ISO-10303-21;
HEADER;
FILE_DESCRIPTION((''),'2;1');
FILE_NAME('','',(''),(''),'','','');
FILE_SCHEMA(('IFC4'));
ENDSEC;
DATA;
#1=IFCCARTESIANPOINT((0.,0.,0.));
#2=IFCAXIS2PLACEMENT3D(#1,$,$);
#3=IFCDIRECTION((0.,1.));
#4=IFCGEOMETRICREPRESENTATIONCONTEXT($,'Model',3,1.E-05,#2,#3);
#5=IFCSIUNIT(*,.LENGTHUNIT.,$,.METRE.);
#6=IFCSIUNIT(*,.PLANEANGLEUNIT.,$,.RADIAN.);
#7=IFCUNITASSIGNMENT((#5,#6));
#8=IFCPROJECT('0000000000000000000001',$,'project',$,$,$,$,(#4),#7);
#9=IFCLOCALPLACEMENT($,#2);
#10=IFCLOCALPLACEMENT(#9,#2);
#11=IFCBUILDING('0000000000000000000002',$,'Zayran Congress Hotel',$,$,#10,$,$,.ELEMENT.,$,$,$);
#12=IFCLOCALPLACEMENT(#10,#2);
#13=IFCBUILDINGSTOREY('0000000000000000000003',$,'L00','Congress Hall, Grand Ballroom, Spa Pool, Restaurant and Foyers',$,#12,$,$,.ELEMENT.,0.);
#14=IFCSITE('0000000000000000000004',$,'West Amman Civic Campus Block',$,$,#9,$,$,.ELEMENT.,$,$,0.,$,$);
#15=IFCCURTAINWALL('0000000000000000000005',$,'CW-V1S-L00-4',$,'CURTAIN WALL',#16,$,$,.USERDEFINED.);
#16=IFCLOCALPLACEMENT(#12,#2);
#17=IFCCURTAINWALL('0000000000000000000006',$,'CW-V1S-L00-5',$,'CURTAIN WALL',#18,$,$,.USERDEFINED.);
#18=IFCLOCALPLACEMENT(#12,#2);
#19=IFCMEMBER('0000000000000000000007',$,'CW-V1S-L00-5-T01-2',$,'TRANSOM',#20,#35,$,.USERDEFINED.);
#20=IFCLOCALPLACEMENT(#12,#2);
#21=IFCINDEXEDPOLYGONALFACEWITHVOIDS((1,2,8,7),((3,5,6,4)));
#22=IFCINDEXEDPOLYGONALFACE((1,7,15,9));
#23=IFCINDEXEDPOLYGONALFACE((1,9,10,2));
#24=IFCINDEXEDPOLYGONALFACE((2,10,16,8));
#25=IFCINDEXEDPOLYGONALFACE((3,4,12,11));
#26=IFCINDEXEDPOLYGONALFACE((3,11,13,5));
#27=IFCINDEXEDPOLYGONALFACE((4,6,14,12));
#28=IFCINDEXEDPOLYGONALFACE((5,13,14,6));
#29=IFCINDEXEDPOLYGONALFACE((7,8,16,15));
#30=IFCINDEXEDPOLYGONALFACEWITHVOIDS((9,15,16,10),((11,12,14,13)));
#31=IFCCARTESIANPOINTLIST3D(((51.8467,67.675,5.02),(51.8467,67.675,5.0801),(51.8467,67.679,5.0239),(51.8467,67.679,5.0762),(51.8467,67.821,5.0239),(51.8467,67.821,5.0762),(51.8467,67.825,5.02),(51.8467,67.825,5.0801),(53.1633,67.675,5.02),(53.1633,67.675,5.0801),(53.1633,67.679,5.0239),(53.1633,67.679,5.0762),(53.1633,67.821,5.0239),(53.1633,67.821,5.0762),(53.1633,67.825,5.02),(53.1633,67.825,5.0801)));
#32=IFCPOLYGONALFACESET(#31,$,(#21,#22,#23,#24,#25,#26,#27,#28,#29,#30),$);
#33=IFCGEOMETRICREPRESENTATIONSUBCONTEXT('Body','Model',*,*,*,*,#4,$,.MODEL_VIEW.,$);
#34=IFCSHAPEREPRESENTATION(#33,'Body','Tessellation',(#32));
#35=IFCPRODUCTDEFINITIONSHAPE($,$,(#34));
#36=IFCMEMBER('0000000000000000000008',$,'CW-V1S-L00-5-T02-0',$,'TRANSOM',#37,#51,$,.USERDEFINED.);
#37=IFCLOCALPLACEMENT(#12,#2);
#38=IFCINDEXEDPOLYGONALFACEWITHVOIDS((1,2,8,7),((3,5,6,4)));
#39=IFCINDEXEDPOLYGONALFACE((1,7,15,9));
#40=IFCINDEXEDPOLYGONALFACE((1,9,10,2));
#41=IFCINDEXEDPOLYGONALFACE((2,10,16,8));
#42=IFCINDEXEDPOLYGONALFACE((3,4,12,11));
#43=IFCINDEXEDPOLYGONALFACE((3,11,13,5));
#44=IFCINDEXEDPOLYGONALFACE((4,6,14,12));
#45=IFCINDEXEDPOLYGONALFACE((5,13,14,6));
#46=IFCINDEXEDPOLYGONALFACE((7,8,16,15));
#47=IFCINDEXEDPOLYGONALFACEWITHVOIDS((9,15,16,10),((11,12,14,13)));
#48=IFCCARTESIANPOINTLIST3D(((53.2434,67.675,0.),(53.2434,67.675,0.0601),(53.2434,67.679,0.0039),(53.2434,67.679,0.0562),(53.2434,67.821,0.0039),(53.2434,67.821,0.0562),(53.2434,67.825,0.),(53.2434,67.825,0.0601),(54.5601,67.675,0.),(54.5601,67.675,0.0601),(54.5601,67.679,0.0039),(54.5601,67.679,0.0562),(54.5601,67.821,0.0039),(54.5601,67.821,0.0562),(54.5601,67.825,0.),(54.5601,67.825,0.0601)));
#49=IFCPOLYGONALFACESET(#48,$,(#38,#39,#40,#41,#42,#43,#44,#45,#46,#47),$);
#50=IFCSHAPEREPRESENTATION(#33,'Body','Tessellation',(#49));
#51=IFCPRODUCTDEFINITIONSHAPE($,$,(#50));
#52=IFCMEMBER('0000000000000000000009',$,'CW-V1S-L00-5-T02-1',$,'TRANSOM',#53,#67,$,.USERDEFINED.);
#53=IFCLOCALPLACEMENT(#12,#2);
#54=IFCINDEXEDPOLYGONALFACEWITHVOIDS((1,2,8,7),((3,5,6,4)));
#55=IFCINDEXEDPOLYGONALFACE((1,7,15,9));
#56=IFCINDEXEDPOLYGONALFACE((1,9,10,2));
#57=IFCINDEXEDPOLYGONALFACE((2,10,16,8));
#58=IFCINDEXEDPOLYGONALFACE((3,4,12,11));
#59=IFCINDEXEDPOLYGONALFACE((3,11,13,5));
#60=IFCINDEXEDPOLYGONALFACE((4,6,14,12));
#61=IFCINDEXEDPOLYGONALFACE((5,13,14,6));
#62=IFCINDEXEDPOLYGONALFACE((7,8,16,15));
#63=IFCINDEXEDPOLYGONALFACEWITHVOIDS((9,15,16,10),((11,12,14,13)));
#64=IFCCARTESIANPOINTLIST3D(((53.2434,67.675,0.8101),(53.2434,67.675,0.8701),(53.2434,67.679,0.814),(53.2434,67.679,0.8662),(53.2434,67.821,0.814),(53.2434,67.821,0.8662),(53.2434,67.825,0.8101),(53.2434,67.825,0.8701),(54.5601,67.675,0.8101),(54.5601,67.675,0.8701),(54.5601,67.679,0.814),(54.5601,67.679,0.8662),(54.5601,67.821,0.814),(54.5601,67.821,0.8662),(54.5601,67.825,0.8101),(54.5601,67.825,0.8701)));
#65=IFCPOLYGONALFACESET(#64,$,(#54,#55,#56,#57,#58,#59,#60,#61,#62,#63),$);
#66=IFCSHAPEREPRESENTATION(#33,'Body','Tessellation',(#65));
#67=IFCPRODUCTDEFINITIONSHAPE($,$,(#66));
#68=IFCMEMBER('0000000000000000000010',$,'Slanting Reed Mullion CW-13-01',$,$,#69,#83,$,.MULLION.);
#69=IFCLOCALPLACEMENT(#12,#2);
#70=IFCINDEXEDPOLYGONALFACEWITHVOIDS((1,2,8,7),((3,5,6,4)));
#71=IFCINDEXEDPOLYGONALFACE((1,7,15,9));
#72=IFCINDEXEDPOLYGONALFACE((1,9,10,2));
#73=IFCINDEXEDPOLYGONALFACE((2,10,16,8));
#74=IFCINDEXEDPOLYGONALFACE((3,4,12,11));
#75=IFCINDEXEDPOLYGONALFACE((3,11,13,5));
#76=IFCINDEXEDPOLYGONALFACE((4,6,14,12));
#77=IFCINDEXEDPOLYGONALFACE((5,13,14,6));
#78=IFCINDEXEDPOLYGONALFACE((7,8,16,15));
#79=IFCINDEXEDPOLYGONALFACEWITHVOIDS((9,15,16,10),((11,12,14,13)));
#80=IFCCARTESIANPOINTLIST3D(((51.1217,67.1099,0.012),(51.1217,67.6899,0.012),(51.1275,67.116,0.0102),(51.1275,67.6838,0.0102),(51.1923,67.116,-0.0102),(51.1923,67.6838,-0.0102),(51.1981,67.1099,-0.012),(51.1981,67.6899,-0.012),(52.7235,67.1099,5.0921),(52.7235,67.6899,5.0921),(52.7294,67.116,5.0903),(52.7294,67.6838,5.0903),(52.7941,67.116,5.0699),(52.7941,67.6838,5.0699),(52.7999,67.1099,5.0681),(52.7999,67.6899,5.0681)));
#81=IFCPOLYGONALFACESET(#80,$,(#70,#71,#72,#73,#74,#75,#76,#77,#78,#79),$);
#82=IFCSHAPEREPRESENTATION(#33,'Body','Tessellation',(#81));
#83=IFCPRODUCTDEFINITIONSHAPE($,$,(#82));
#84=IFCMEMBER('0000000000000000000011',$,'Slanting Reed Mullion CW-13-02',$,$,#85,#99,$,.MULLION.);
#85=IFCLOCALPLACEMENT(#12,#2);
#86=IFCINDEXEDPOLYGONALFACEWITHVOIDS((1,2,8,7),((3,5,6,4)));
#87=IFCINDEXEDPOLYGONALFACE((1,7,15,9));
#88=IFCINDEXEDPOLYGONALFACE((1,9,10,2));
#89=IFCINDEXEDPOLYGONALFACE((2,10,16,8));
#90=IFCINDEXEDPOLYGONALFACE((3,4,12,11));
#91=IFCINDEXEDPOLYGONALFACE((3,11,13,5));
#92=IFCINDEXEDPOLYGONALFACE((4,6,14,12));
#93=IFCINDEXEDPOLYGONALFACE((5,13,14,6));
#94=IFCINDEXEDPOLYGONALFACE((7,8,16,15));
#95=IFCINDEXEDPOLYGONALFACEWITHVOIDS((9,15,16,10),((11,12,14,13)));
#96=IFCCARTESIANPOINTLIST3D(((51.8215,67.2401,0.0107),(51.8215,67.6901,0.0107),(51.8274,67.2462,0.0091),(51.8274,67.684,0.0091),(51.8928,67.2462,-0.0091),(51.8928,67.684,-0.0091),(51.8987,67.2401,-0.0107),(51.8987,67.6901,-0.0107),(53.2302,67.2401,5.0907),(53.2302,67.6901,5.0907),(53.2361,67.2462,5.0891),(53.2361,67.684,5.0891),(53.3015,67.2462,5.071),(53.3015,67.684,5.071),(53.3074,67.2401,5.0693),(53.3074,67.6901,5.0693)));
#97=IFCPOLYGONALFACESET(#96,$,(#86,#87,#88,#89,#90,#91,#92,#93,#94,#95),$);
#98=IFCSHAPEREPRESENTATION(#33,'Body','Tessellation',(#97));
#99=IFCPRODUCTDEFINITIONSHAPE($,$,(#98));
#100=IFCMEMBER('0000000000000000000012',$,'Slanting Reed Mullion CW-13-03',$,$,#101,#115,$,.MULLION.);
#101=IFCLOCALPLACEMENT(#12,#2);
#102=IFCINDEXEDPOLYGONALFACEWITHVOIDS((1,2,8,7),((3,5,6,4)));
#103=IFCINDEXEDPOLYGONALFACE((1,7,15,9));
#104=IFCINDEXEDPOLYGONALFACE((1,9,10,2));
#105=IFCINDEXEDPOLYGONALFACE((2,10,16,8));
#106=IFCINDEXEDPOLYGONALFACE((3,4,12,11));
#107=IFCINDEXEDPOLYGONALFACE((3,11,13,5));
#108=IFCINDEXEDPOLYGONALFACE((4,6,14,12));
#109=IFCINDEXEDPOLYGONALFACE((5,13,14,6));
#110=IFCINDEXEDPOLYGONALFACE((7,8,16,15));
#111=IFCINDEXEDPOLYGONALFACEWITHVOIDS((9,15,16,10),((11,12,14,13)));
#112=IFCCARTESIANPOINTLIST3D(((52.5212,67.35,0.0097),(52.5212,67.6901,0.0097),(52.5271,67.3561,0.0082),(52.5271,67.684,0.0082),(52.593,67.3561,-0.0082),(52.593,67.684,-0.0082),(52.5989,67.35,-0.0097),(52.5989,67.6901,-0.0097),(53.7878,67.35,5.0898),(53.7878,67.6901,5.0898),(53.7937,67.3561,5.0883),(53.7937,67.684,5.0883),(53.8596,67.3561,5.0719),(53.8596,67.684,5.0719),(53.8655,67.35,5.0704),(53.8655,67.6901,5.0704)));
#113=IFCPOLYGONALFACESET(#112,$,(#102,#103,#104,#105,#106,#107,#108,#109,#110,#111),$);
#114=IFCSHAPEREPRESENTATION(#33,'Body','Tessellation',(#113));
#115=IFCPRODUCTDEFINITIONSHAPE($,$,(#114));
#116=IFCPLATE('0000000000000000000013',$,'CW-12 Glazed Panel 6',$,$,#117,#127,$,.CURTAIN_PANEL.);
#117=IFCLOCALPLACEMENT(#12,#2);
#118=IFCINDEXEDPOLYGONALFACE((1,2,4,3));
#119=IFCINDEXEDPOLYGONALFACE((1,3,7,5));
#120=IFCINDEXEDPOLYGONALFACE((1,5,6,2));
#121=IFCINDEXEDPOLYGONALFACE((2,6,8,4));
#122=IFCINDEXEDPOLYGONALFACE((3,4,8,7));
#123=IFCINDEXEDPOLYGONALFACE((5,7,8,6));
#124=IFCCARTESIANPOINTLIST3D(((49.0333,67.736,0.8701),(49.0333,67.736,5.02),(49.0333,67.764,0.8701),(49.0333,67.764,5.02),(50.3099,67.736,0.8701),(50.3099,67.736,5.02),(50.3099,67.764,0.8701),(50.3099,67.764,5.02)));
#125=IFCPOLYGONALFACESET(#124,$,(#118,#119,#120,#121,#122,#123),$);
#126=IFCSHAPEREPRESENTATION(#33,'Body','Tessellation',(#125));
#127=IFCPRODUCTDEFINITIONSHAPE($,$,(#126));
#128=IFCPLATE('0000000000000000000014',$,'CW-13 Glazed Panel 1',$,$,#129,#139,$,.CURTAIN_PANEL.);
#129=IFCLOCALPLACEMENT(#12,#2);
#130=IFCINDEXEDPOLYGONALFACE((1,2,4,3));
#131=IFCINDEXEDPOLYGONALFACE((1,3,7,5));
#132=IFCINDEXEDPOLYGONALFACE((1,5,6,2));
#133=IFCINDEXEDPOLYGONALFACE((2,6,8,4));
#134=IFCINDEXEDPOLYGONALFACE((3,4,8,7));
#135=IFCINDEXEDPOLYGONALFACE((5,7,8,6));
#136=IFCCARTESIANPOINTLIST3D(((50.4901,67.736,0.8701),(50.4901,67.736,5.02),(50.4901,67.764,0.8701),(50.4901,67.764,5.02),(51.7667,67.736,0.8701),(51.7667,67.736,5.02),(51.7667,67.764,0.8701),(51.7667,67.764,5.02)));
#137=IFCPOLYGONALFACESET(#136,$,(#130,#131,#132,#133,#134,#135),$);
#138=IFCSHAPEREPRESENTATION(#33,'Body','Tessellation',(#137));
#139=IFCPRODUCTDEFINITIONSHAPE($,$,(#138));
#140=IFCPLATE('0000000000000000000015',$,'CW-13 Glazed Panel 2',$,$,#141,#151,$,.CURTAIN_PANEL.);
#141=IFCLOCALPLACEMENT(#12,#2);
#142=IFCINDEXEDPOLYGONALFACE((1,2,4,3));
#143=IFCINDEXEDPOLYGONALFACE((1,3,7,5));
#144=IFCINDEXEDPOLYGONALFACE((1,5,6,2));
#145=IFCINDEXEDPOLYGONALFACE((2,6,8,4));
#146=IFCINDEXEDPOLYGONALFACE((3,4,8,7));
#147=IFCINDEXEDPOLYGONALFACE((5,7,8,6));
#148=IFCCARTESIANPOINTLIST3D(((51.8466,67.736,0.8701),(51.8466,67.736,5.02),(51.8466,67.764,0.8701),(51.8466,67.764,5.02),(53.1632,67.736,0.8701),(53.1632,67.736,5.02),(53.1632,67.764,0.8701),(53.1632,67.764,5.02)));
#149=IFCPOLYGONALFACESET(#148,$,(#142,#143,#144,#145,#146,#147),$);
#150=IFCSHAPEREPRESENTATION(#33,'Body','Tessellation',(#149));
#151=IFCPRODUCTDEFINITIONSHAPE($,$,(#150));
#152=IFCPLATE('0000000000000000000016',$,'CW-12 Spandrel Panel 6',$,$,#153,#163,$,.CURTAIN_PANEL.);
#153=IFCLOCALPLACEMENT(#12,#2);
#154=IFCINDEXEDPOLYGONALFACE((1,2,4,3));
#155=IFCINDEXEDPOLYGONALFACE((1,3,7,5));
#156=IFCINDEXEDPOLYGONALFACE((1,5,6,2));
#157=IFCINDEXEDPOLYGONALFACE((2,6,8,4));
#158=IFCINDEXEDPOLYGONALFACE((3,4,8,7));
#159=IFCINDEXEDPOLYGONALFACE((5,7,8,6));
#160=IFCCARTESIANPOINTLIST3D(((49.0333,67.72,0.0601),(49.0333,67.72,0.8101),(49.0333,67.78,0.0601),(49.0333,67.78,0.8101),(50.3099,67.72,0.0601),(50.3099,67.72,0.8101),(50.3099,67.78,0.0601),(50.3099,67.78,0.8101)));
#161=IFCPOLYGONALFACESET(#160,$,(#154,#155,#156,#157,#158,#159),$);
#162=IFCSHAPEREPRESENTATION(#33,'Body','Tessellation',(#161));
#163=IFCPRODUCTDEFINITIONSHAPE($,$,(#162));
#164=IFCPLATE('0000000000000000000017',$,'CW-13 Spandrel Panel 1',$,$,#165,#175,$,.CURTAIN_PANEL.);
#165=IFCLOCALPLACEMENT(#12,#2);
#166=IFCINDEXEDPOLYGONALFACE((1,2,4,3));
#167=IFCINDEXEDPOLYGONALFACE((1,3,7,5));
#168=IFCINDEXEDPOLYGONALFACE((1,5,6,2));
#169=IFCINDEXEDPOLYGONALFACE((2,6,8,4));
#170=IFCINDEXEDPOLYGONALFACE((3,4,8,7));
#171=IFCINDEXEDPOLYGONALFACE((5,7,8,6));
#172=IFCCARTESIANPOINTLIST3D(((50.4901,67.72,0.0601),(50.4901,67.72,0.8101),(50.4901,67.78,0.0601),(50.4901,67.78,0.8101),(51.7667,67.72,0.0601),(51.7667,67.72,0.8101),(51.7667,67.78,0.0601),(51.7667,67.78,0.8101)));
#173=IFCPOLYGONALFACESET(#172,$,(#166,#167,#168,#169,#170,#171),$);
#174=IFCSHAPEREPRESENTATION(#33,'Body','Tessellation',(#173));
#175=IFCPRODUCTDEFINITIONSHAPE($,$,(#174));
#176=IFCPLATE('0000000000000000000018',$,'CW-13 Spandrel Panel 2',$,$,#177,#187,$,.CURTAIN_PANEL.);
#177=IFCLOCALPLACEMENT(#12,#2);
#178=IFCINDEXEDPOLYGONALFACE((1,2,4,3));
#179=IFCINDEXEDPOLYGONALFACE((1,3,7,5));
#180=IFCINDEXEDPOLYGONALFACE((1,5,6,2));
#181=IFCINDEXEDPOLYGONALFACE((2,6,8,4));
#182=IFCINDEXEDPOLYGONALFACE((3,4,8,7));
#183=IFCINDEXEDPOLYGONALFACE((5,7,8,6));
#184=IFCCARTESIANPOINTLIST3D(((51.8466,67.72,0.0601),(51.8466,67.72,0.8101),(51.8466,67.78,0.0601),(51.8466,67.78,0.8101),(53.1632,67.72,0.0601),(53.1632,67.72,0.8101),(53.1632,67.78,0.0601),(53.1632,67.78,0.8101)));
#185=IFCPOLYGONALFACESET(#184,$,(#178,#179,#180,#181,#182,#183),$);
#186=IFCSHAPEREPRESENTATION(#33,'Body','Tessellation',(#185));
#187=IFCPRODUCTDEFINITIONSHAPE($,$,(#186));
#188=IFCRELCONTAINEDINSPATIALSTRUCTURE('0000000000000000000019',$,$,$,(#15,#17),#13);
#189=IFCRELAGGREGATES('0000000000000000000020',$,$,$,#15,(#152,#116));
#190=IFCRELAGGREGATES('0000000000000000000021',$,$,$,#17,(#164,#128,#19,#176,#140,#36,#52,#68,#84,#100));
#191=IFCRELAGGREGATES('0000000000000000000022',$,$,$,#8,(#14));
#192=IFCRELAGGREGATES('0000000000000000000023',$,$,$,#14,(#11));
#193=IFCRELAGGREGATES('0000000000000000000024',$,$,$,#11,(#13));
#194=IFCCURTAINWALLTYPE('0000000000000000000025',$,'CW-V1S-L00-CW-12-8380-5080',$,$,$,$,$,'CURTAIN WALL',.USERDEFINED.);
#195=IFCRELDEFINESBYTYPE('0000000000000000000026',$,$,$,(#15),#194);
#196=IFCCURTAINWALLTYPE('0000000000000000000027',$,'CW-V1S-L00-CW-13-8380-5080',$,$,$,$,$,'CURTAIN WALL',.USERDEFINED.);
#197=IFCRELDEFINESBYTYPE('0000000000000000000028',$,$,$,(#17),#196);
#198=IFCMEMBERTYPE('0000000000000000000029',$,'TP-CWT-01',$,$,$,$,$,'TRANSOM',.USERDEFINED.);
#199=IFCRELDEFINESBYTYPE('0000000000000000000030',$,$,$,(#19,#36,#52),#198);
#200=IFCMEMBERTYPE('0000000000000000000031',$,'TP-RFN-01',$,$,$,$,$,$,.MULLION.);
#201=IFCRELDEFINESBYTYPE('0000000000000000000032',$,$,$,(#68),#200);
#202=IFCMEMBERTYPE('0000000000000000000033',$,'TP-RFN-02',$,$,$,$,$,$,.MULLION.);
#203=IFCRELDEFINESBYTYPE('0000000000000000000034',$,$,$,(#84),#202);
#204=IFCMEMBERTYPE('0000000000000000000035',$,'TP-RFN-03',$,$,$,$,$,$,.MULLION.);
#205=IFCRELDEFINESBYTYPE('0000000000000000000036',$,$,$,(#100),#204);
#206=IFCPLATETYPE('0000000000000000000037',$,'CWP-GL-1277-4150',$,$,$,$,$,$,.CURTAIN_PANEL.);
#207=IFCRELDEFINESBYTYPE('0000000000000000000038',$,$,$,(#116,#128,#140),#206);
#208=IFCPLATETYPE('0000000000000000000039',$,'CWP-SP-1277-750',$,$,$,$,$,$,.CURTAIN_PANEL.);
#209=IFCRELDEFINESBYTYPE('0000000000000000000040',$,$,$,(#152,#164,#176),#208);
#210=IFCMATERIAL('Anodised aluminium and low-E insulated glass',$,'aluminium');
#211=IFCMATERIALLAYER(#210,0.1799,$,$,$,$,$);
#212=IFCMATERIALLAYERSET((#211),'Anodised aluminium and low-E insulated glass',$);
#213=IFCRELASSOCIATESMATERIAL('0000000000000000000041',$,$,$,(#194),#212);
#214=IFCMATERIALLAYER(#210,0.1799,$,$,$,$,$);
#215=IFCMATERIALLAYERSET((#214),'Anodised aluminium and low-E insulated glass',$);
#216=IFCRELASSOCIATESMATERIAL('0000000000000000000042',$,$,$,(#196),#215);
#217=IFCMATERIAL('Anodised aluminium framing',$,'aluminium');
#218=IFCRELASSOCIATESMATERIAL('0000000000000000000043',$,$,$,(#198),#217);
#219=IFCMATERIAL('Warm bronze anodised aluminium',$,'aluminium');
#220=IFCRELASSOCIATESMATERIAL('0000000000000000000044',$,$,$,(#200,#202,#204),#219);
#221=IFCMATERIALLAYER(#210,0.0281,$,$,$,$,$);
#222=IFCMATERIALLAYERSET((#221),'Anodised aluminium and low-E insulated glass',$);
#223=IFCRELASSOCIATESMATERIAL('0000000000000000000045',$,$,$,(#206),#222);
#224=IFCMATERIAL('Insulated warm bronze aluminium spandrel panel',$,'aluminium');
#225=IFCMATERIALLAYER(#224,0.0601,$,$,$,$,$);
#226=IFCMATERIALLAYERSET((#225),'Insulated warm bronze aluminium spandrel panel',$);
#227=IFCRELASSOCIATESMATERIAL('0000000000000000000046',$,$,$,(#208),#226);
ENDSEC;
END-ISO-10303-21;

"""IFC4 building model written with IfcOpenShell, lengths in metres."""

from ifc_helpers import new_model, si_unit, direction, frame, origin, origin_2d, place, context, subcontext, project, spatial, rectangle, hollow_rectangle, extrude, material, layer, layer_set, material_profile, profile_set, type_object, element, aggregate, save


model = new_model("IFC4")

# Units and contexts
model_context = context("Model", 3, precision=1e-05, world=origin(), true_north=direction((0.0, 1.0)))
body_context = subcontext(model_context, "Body", "Model", "MODEL_VIEW")
ifc_project = project(units=[si_unit("LENGTHUNIT", "METRE"), si_unit("PLANEANGLEUNIT", "RADIAN")], contexts=[model_context])

# Site, building, storey
site_placement = place(None, origin())
site = spatial("IfcSite", under=ifc_project, at=site_placement, Name="West Amman Civic Campus Block", CompositionType="ELEMENT", RefElevation=0.0)
building_placement = place(site_placement, origin())
building = spatial("IfcBuilding", under=site, at=building_placement, Name="Zayran Congress Hotel", CompositionType="ELEMENT")
storey_placement = place(building_placement, origin())
storey = spatial("IfcBuildingStorey", under=building, at=storey_placement, Name="L00", Description="Congress Hall, Grand Ballroom, Spa Pool, Restaurant and Foyers", CompositionType="ELEMENT", Elevation=0.0)

# Curtain wall
ifc_material_1 = material(Name="Anodised aluminium and low-E insulated glass", Category="aluminium")
ifc_layer_1 = layer(ifc_material_1, 0.1799)
ifc_layer_set_1 = layer_set([ifc_layer_1], Name="Anodised aluminium and low-E insulated glass")
curtain_wall_type_1 = type_object("IfcCurtainWallType", Name="CW-V1S-L00-CW-12-8380-5080", ElementType="CURTAIN WALL", PredefinedType="USERDEFINED", material=ifc_layer_set_1)
curtain_wall_1_placement = place(storey_placement, origin())
curtain_wall_1 = element("IfcCurtainWall", 1, at=curtain_wall_1_placement, inside=storey, type_object=curtain_wall_type_1, Name="CW-V1S-L00-4", ObjectType="CURTAIN WALL", PredefinedType="USERDEFINED")
ifc_material_2 = material(Name="Anodised aluminium framing", Category="aluminium")

# Curtain wall, members
ifc_layer_2 = layer(ifc_material_1, 0.1799)
ifc_layer_set_2 = layer_set([ifc_layer_2], Name="Anodised aluminium and low-E insulated glass")
curtain_wall_type_2 = type_object("IfcCurtainWallType", Name="CW-V1S-L00-CW-13-8380-5080", ElementType="CURTAIN WALL", PredefinedType="USERDEFINED", material=ifc_layer_set_2)
curtain_wall_2_placement = place(storey_placement, origin())
curtain_wall_2 = element("IfcCurtainWall", 2, at=curtain_wall_2_placement, inside=storey, type_object=curtain_wall_type_2, Name="CW-V1S-L00-5", ObjectType="CURTAIN WALL", PredefinedType="USERDEFINED")
ifc_material_profile_1 = material_profile(ifc_material_2, hollow_rectangle(XDim=0.0601, YDim=0.1499, WallThickness=0.0039, at=origin_2d()), Name="RHS 150x60x4")
ifc_profile_set_1 = profile_set([ifc_material_profile_1], Name="Anodised aluminium framing")
member_type_1 = type_object("IfcMemberType", Name="TP-CWT-01", ElementType="TRANSOM", PredefinedType="USERDEFINED", material=ifc_profile_set_1)
member_1_placement = place(storey_placement, frame((51.8467, 67.75, 5.05), z_axis=(1.0, 0.0, 0.0), x_axis=(0.0, 0.0, 1.0)))
member_1 = element("IfcMember", 3, at=member_1_placement, type_object=member_type_1, Name="CW-V1S-L00-5-T01-2", ObjectType="TRANSOM", PredefinedType="USERDEFINED", context=body_context, shape_type="SweptSolid", body=[
    extrude(hollow_rectangle(XDim=0.0601, YDim=0.1499, WallThickness=0.0039, at=origin_2d()), origin(), (0.0, 0.0, 1.0), 1.3167),
])
member_2_placement = place(storey_placement, frame((53.2434, 67.75, 0.03), z_axis=(1.0, 0.0, 0.0), x_axis=(0.0, 0.0, 1.0)))
member_2 = element("IfcMember", 4, at=member_2_placement, type_object=member_type_1, Name="CW-V1S-L00-5-T02-0", ObjectType="TRANSOM", PredefinedType="USERDEFINED", context=body_context, shape_type="SweptSolid", body=[
    extrude(hollow_rectangle(XDim=0.0601, YDim=0.1499, WallThickness=0.0039, at=origin_2d()), origin(), (0.0, 0.0, 1.0), 1.3167),
])
member_3_placement = place(storey_placement, frame((53.2434, 67.75, 0.8401), z_axis=(1.0, 0.0, 0.0), x_axis=(0.0, 0.0, 1.0)))
member_3 = element("IfcMember", 5, at=member_3_placement, type_object=member_type_1, Name="CW-V1S-L00-5-T02-1", ObjectType="TRANSOM", PredefinedType="USERDEFINED", context=body_context, shape_type="SweptSolid", body=[
    extrude(hollow_rectangle(XDim=0.0601, YDim=0.1499, WallThickness=0.0039, at=origin_2d()), origin(), (0.0, 0.0, 1.0), 1.3167),
])
ifc_material_3 = material(Name="Warm bronze anodised aluminium", Category="aluminium")
ifc_material_profile_2 = material_profile(ifc_material_3, hollow_rectangle(XDim=0.0801, YDim=0.5801, WallThickness=0.0061, at=origin_2d()), Name="RHS 580x80x6")
ifc_profile_set_2 = profile_set([ifc_material_profile_2], Name="Warm bronze anodised aluminium")
member_type_2 = type_object("IfcMemberType", Name="TP-RFN-01", PredefinedType="MULLION", material=ifc_profile_set_2)
member_4_placement = place(storey_placement, frame((51.1599, 67.3999, 0.0), z_axis=(0.300717, 0.0, 0.953713), x_axis=(-0.953713, 0.0, 0.300717)))
member_4 = element("IfcMember", 6, at=member_4_placement, type_object=member_type_2, Name="Slanting Reed Mullion CW-13-01", PredefinedType="MULLION", context=body_context, shape_type="SweptSolid", body=[
    extrude(hollow_rectangle(XDim=0.0801, YDim=0.5801, WallThickness=0.0061, at=origin_2d()), origin(), (0.0, 0.0, 1.0), 5.3267),
])
ifc_material_profile_3 = material_profile(ifc_material_3, hollow_rectangle(XDim=0.0801, YDim=0.45, WallThickness=0.0061, at=origin_2d()), Name="RHS 450x80x6")
ifc_profile_set_3 = profile_set([ifc_material_profile_3], Name="Warm bronze anodised aluminium")
member_type_3 = type_object("IfcMemberType", Name="TP-RFN-02", PredefinedType="MULLION", material=ifc_profile_set_3)
member_5_placement = place(storey_placement, frame((51.8601, 67.4651, 0.0), z_axis=(0.267214, 0.0, 0.963637), x_axis=(-0.963637, 0.0, 0.267214)))
member_5 = element("IfcMember", 7, at=member_5_placement, type_object=member_type_3, Name="Slanting Reed Mullion CW-13-02", PredefinedType="MULLION", context=body_context, shape_type="SweptSolid", body=[
    extrude(hollow_rectangle(XDim=0.0801, YDim=0.45, WallThickness=0.0061, at=origin_2d()), origin(), (0.0, 0.0, 1.0), 5.2717),
])
ifc_material_profile_4 = material_profile(ifc_material_3, hollow_rectangle(XDim=0.0801, YDim=0.3401, WallThickness=0.0061, at=origin_2d()), Name="RHS 340x80x6")
ifc_profile_set_4 = profile_set([ifc_material_profile_4], Name="Warm bronze anodised aluminium")
member_type_4 = type_object("IfcMemberType", Name="TP-RFN-03", PredefinedType="MULLION", material=ifc_profile_set_4)
member_6_placement = place(storey_placement, frame((52.5601, 67.52, 0.0), z_axis=(0.241921, 0.0, 0.970296), x_axis=(-0.970296, 0.0, 0.241921)))
member_6 = element("IfcMember", 8, at=member_6_placement, type_object=member_type_4, Name="Slanting Reed Mullion CW-13-03", PredefinedType="MULLION", context=body_context, shape_type="SweptSolid", body=[
    extrude(hollow_rectangle(XDim=0.0801, YDim=0.3401, WallThickness=0.0061, at=origin_2d()), origin(), (0.0, 0.0, 1.0), 5.2356),
])

# Plates
ifc_layer_3 = layer(ifc_material_1, 0.0281)
ifc_layer_set_3 = layer_set([ifc_layer_3], Name="Anodised aluminium and low-E insulated glass")
plate_type_1 = type_object("IfcPlateType", Name="CWP-GL-1277-4150", PredefinedType="CURTAIN_PANEL", material=ifc_layer_set_3)
plate_1_placement = place(storey_placement, frame((49.6716, 67.75, 0.8701), z_axis=(0.0, 0.0, 1.0), x_axis=(1.0, 0.0, 0.0)))
plate_1 = element("IfcPlate", 9, at=plate_1_placement, type_object=plate_type_1, Name="CW-12 Glazed Panel 6", PredefinedType="CURTAIN_PANEL", context=body_context, shape_type="SweptSolid", body=[
    extrude(rectangle(XDim=1.2766, YDim=0.0281, at=origin_2d()), origin(), (0.0, 0.0, 1.0), 4.1499),
])
plate_2_placement = place(storey_placement, frame((51.1284, 67.75, 0.8701), z_axis=(0.0, 0.0, 1.0), x_axis=(1.0, 0.0, 0.0)))
plate_2 = element("IfcPlate", 10, at=plate_2_placement, type_object=plate_type_1, Name="CW-13 Glazed Panel 1", PredefinedType="CURTAIN_PANEL", context=body_context, shape_type="SweptSolid", body=[
    extrude(rectangle(XDim=1.2766, YDim=0.0281, at=origin_2d()), origin(), (0.0, 0.0, 1.0), 4.1499),
])
plate_3_placement = place(storey_placement, frame((52.5049, 67.75, 0.8701), z_axis=(0.0, 0.0, 1.0), x_axis=(1.0, 0.0, 0.0)))
plate_3 = element("IfcPlate", 11, at=plate_3_placement, type_object=plate_type_1, Name="CW-13 Glazed Panel 2", PredefinedType="CURTAIN_PANEL", context=body_context, shape_type="SweptSolid", body=[
    extrude(rectangle(XDim=1.3167, YDim=0.0281, at=origin_2d()), origin(), (0.0, 0.0, 1.0), 4.1499),
])
ifc_material_4 = material(Name="Insulated warm bronze aluminium spandrel panel", Category="aluminium")
ifc_layer_4 = layer(ifc_material_4, 0.0601)
ifc_layer_set_4 = layer_set([ifc_layer_4], Name="Insulated warm bronze aluminium spandrel panel")
plate_type_2 = type_object("IfcPlateType", Name="CWP-SP-1277-750", PredefinedType="CURTAIN_PANEL", material=ifc_layer_set_4)
plate_4_placement = place(storey_placement, frame((49.6716, 67.75, 0.0601), z_axis=(0.0, 0.0, 1.0), x_axis=(1.0, 0.0, 0.0)))
plate_4 = element("IfcPlate", 12, at=plate_4_placement, type_object=plate_type_2, Name="CW-12 Spandrel Panel 6", PredefinedType="CURTAIN_PANEL", context=body_context, shape_type="SweptSolid", body=[
    extrude(rectangle(XDim=1.2766, YDim=0.0601, at=origin_2d()), origin(), (0.0, 0.0, 1.0), 0.75),
])
aggregate(curtain_wall_1, [plate_4, plate_1])
plate_5_placement = place(storey_placement, frame((51.1284, 67.75, 0.0601), z_axis=(0.0, 0.0, 1.0), x_axis=(1.0, 0.0, 0.0)))
plate_5 = element("IfcPlate", 13, at=plate_5_placement, type_object=plate_type_2, Name="CW-13 Spandrel Panel 1", PredefinedType="CURTAIN_PANEL", context=body_context, shape_type="SweptSolid", body=[
    extrude(rectangle(XDim=1.2766, YDim=0.0601, at=origin_2d()), origin(), (0.0, 0.0, 1.0), 0.75),
])
plate_6_placement = place(storey_placement, frame((52.5049, 67.75, 0.0601), z_axis=(0.0, 0.0, 1.0), x_axis=(1.0, 0.0, 0.0)))
plate_6 = element("IfcPlate", 14, at=plate_6_placement, type_object=plate_type_2, Name="CW-13 Spandrel Panel 2", PredefinedType="CURTAIN_PANEL", context=body_context, shape_type="SweptSolid", body=[
    extrude(rectangle(XDim=1.3167, YDim=0.0601, at=origin_2d()), origin(), (0.0, 0.0, 1.0), 0.75),
])
aggregate(curtain_wall_2, [plate_5, plate_2, member_1, plate_6, plate_3, member_2, member_3, member_4, member_5, member_6])

save(model, "model.ifc")
